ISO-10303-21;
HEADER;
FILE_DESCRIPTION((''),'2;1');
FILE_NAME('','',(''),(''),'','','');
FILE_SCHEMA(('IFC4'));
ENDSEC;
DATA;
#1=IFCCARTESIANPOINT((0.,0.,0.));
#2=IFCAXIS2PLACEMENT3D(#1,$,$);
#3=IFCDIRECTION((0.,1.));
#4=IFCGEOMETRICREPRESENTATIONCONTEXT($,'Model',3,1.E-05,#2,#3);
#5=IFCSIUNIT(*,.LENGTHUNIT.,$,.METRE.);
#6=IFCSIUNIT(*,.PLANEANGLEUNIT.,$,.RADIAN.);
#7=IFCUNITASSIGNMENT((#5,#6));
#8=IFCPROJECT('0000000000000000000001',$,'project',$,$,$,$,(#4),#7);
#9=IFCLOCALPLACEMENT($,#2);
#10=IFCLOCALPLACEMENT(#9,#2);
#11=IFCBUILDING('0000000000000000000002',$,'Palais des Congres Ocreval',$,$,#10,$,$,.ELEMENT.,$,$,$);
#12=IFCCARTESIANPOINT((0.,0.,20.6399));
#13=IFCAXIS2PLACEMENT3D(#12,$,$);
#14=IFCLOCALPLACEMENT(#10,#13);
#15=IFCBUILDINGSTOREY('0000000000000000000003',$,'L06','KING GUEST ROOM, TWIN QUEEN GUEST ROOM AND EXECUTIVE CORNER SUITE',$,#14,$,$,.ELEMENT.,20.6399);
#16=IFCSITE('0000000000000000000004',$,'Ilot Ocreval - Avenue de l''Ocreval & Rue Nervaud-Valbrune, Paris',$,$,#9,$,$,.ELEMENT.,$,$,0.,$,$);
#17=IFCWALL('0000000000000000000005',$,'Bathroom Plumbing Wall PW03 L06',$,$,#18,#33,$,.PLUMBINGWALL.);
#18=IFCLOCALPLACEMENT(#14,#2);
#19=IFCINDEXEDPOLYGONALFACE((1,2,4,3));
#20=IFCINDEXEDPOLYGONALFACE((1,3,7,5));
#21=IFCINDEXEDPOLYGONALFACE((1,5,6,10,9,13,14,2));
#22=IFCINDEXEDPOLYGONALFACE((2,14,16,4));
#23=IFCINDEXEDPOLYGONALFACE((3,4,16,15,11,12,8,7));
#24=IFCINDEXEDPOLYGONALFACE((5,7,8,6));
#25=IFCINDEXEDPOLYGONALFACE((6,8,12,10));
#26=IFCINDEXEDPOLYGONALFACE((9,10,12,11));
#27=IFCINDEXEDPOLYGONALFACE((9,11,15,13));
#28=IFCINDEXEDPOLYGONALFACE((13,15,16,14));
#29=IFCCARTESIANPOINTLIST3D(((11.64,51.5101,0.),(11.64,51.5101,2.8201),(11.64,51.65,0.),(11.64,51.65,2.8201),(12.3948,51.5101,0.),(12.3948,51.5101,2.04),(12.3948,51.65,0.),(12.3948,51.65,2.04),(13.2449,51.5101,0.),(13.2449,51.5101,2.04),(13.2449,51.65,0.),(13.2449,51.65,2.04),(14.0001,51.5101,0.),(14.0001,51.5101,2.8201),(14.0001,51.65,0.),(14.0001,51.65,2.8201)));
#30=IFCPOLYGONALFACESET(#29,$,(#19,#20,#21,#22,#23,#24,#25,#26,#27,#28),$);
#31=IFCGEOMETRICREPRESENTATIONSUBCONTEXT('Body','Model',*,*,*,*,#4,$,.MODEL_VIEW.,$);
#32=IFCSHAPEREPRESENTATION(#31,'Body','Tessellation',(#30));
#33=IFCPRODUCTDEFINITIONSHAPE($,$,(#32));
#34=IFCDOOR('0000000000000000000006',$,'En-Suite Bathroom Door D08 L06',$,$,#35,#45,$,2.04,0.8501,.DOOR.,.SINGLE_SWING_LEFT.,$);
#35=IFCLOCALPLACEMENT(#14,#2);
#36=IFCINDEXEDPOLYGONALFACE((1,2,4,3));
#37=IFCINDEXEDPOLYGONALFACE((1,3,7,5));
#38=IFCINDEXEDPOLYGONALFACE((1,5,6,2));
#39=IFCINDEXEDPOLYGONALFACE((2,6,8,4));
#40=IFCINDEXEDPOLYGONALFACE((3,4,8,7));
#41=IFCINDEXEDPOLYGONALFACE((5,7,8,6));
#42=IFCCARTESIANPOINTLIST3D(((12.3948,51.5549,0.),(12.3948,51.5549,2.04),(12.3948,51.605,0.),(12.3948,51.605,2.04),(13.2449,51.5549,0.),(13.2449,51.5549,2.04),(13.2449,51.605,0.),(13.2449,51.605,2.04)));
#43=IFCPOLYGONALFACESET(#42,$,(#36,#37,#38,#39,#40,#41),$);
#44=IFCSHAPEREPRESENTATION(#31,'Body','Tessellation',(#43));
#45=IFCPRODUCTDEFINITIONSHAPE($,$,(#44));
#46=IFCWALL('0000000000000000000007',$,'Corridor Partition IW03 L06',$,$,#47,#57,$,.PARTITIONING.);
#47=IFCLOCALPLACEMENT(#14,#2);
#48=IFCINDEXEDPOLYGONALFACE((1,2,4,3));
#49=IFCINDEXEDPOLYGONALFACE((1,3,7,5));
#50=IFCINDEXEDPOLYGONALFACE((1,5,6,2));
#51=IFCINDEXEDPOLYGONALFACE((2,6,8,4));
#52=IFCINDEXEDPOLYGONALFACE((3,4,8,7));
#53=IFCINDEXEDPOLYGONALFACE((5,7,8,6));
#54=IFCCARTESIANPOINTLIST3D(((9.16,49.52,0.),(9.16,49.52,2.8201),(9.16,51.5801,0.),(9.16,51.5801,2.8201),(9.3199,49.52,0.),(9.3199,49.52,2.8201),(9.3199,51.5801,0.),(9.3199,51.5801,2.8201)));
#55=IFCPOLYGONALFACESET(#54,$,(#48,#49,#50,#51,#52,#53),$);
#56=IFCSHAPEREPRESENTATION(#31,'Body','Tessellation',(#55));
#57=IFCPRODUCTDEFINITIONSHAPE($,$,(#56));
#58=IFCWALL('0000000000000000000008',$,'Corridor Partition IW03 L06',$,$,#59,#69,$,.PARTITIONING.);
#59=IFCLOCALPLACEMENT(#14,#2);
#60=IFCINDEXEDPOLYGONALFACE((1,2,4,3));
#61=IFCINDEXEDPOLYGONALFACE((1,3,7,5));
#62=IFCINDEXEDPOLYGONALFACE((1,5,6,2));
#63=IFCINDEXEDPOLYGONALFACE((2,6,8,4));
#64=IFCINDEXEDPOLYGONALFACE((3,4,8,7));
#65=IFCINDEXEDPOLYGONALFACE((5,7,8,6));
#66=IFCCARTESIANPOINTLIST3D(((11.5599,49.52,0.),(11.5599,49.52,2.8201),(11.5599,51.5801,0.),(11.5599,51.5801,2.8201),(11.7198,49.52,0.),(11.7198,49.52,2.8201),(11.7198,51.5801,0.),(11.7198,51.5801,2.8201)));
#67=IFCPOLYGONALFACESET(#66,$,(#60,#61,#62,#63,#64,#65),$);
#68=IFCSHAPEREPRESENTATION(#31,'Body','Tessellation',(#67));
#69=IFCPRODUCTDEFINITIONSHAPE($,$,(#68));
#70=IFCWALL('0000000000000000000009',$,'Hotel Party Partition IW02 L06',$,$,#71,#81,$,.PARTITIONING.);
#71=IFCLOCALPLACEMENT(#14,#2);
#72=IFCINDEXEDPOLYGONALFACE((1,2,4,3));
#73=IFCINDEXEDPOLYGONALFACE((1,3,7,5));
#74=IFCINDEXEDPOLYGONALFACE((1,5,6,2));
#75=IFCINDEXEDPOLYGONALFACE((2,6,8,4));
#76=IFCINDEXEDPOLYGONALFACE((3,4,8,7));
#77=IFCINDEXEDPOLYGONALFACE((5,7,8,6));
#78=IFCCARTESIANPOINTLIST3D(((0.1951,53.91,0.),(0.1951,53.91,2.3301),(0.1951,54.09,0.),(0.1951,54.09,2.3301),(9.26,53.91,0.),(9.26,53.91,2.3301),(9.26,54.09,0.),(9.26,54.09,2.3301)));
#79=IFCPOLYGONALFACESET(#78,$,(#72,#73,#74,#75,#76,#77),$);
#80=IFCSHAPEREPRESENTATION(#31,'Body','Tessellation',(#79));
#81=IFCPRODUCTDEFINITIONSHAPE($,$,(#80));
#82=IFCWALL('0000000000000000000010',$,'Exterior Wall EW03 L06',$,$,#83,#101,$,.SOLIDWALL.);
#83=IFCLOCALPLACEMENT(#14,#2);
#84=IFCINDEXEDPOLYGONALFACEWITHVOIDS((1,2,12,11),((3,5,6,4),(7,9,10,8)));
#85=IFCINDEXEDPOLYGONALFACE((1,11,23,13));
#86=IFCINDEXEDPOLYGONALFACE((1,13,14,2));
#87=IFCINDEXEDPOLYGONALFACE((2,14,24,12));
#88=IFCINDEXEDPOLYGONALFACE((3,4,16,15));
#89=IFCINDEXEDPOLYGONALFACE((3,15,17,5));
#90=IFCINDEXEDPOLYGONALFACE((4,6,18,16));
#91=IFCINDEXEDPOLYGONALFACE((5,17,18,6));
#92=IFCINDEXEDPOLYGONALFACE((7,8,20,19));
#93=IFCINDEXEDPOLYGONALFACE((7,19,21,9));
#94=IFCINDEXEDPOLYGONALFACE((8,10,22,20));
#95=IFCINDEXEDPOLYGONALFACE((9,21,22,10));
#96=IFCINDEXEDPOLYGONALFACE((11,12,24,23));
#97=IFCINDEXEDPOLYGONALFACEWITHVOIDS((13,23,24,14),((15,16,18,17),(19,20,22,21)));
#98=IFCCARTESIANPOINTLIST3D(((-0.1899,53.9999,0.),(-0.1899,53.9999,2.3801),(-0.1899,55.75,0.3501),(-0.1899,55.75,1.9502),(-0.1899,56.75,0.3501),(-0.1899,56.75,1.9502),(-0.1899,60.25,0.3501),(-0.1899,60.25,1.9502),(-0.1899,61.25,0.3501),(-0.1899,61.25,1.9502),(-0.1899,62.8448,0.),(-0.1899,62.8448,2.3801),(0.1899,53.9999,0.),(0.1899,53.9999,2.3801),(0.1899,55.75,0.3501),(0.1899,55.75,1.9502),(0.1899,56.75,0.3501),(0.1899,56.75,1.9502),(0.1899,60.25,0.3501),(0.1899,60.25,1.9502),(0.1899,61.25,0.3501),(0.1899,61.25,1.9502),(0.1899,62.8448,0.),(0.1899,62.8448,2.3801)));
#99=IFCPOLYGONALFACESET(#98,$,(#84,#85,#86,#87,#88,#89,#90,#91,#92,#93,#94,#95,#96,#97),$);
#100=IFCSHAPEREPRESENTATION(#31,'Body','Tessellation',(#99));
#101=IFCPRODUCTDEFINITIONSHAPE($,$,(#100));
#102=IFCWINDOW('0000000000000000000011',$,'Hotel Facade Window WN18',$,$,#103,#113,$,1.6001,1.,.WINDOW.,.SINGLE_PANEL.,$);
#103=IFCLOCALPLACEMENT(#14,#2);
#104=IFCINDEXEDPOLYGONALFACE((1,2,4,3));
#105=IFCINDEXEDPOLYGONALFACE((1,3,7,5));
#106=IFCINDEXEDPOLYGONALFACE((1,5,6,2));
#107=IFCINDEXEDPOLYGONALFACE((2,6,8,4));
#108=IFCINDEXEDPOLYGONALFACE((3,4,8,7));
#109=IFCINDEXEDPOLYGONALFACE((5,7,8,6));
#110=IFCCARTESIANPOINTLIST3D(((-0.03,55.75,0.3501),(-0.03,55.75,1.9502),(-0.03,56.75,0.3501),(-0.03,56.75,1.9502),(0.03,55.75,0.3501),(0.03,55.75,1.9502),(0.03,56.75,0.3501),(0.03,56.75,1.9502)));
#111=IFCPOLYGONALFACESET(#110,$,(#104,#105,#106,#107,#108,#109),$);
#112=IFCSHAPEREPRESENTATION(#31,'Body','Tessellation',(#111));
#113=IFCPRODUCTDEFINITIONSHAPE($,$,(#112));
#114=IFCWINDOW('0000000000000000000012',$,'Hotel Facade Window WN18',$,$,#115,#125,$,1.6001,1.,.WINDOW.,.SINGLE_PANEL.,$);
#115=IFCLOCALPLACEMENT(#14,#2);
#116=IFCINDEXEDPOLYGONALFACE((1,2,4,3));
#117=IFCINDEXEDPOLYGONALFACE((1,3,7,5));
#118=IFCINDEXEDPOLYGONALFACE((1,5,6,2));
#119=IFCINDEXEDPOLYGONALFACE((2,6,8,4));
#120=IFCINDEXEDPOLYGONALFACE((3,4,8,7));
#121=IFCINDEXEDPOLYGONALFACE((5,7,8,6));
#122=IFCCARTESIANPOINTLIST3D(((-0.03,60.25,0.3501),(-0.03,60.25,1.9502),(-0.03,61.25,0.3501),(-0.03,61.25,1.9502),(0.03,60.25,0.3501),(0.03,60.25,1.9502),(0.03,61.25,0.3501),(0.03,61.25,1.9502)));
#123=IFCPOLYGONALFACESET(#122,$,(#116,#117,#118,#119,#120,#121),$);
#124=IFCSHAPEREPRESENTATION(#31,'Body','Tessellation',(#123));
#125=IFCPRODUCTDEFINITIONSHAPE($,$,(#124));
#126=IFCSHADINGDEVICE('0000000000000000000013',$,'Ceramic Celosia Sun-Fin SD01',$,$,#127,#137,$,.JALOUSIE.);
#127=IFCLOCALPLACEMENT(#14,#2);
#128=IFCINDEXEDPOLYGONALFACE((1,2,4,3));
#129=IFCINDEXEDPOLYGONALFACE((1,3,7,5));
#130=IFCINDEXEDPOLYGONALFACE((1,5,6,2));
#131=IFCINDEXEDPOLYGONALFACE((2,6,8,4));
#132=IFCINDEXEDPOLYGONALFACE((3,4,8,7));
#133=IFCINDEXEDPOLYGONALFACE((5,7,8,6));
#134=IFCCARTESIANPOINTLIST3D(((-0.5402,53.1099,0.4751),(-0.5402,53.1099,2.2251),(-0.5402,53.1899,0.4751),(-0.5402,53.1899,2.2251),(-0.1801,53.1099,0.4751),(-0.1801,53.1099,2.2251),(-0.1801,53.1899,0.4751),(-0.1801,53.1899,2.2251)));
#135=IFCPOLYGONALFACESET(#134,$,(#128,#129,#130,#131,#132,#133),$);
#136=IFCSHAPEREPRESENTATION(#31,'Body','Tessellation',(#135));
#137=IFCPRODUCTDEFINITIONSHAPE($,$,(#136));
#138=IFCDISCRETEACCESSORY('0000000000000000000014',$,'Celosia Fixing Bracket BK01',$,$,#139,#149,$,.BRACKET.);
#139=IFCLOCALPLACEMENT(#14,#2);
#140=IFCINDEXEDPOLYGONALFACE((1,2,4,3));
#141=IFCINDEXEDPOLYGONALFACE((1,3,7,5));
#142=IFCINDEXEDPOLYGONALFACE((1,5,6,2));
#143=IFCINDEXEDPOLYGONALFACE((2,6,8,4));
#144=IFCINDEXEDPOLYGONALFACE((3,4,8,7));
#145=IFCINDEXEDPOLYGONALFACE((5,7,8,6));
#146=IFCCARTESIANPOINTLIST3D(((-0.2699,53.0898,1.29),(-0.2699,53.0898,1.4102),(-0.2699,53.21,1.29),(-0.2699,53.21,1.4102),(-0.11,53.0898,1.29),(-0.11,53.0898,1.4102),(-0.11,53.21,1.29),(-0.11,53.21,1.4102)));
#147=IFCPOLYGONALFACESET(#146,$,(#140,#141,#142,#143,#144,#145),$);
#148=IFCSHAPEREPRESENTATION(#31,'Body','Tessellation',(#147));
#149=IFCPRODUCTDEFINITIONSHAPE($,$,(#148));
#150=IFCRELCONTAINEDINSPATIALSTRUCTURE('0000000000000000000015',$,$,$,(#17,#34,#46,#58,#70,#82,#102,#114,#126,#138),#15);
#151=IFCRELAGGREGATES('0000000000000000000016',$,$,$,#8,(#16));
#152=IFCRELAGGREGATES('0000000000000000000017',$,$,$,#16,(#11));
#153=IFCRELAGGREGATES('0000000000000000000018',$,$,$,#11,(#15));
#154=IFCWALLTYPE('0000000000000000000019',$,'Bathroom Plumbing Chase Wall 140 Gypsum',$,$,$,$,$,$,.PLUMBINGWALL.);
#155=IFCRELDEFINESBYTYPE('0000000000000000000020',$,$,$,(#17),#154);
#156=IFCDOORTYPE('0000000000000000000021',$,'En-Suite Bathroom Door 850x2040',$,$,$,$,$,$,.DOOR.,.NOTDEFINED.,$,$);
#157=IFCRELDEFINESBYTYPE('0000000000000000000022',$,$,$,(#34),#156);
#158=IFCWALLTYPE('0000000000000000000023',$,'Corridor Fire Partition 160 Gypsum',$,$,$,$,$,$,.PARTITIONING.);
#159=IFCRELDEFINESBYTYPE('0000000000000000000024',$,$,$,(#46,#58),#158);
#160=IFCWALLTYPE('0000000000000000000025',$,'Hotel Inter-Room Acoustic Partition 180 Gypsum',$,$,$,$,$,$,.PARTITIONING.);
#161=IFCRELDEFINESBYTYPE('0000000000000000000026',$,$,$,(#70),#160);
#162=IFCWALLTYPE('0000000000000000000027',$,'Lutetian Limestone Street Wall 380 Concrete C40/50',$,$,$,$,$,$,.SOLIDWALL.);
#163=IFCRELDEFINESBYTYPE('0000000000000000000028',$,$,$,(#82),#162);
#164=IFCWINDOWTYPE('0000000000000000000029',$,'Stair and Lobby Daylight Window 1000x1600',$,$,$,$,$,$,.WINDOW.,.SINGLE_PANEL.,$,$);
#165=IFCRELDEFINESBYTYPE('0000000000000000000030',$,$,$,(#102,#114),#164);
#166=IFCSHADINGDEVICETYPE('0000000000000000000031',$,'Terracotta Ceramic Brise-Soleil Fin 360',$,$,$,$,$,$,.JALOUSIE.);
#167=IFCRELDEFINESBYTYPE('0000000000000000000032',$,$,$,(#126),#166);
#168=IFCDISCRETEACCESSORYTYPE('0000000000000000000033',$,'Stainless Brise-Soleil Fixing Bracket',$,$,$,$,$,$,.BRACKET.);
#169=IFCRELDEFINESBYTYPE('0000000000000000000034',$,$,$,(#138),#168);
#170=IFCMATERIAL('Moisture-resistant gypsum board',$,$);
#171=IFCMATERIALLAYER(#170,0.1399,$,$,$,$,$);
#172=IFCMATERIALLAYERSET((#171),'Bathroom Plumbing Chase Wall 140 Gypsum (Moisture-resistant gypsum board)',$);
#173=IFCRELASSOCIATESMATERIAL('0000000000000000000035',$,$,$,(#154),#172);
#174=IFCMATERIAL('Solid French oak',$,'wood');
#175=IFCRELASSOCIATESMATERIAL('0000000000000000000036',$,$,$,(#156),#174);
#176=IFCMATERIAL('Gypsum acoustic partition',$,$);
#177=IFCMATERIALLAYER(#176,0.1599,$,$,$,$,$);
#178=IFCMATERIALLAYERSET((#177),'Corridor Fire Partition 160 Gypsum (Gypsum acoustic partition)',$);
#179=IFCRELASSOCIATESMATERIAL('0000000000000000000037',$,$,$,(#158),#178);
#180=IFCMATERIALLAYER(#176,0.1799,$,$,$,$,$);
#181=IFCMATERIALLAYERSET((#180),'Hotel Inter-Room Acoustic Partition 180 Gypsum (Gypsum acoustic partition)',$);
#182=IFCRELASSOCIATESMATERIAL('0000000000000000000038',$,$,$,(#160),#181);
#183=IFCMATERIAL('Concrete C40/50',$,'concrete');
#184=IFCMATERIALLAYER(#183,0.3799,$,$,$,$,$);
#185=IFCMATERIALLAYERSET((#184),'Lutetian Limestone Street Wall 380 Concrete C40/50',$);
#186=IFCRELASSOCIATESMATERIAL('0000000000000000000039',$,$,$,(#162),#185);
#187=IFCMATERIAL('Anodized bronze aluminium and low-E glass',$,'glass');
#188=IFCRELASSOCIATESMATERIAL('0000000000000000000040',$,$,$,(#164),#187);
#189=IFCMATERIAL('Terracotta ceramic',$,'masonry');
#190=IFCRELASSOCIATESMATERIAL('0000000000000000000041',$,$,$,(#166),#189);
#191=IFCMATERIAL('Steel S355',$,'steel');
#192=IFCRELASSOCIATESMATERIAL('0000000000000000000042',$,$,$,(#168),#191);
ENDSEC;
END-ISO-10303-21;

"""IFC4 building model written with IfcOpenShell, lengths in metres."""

from ifc_helpers import new_model, si_unit, direction, frame, frame_2d, origin, origin_2d, place, context, subcontext, project, spatial, rectangle, extrude, material, layer, layer_set, type_object, element, fill, save


model = new_model("IFC4")

# Units and contexts
model_context = context("Model", 3, precision=1e-05, world=origin(), true_north=direction((0.0, 1.0)))
body_context = subcontext(model_context, "Body", "Model", "MODEL_VIEW")
ifc_project = project(units=[si_unit("LENGTHUNIT", "METRE"), si_unit("PLANEANGLEUNIT", "RADIAN")], contexts=[model_context])

# Site, building, storey
site_placement = place(None, origin())
site = spatial("IfcSite", under=ifc_project, at=site_placement, Name="Ilot Ocreval - Avenue de l'Ocreval & Rue Nervaud-Valbrune, Paris", CompositionType="ELEMENT", RefElevation=0.0)
building_placement = place(site_placement, origin())
building = spatial("IfcBuilding", under=site, at=building_placement, Name="Palais des Congres Ocreval", CompositionType="ELEMENT")
storey_placement = place(building_placement, frame((0.0, 0.0, 20.6399)))
storey = spatial("IfcBuildingStorey", under=building, at=storey_placement, Name="L06", Description="KING GUEST ROOM, TWIN QUEEN GUEST ROOM AND EXECUTIVE CORNER SUITE", CompositionType="ELEMENT", Elevation=20.6399)

# Shared definitions
ifc_material_1 = material(Name="Steel S355", Category="steel")
ifc_material_2 = material(Name="Concrete C40/50", Category="concrete")

# Shared definitions
ifc_material_3 = material(Name="Moisture-resistant gypsum board")
ifc_layer_1 = layer(ifc_material_3, 0.1399)
ifc_layer_set_1 = layer_set([ifc_layer_1], Name="Bathroom Plumbing Chase Wall 140 Gypsum (Moisture-resistant gypsum board)")
wall_type_1 = type_object("IfcWallType", Name="Bathroom Plumbing Chase Wall 140 Gypsum", PredefinedType="PLUMBINGWALL", material=ifc_layer_set_1)
ifc_material_4 = material(Name="Solid French oak", Category="wood")
door_type_1 = type_object("IfcDoorType", Name="En-Suite Bathroom Door 850x2040", OperationType="NOTDEFINED", PredefinedType="DOOR", material=ifc_material_4)

# Wall, opening, door
wall_1_placement = place(storey_placement, frame((11.6399, 51.5801, 0.0), z_axis=(0.0, 0.0, 1.0), x_axis=(1.0, 0.0, 0.0)))
wall_1 = element("IfcWall", 1, at=wall_1_placement, inside=storey, type_object=wall_type_1, Name="Bathroom Plumbing Wall PW03 L06", PredefinedType="PLUMBINGWALL", context=body_context, shape_type="SweptSolid", body=[
    extrude(rectangle(XDim=2.3601, YDim=0.1399, at=frame_2d((1.1802, 0.0))), origin(), (0.0, 0.0, 1.0), 2.8201),
])
opening_1_placement = place(wall_1_placement, frame((0.7549, 0.0, 0.0)))
opening_1 = element("IfcOpeningElement", 2, at=opening_1_placement, cuts=wall_1, PredefinedType="OPENING", context=body_context, shape_type="SweptSolid", body=[
    extrude(rectangle(XDim=0.8501, YDim=2.04, at=frame_2d((0.425, 1.02))), frame((0.0, 0.0798, 0.0), z_axis=(0.0, -1.0, 0.0), x_axis=(1.0, 0.0, 0.0)), (0.0, 0.0, 1.0), 0.1599),
])
door_1_placement = place(opening_1_placement, origin())
door_1 = element("IfcDoor", 3, at=door_1_placement, inside=storey, type_object=door_type_1, Name="En-Suite Bathroom Door D08 L06", OperationType="SINGLE_SWING_LEFT", OverallHeight=2.04, OverallWidth=0.8501, PredefinedType="DOOR", context=body_context, shape_type="SweptSolid", body=[
    extrude(rectangle(XDim=0.8501, YDim=2.04, at=frame_2d((0.425, 1.02))), frame((0.0, 0.0249, 0.0), z_axis=(0.0, -1.0, 0.0), x_axis=(1.0, 0.0, 0.0)), (0.0, 0.0, 1.0), 0.05),
])
fill(opening_1, door_1)

# Walls
ifc_material_5 = material(Name="Gypsum acoustic partition")
ifc_layer_2 = layer(ifc_material_5, 0.1599)
ifc_layer_set_2 = layer_set([ifc_layer_2], Name="Corridor Fire Partition 160 Gypsum (Gypsum acoustic partition)")
wall_type_2 = type_object("IfcWallType", Name="Corridor Fire Partition 160 Gypsum", PredefinedType="PARTITIONING", material=ifc_layer_set_2)
for number, where, z_axis, x_axis, name in (
    (4, (9.24, 49.52, 0.0), (0.0, 0.0, 1.0), (0.0, 1.0, 0.0), "Corridor Partition IW03 L06"),
    (5, (11.6399, 49.52, 0.0), (0.0, 0.0, 1.0), (0.0, 1.0, 0.0), "Corridor Partition IW03 L06"),
):
    element("IfcWall", number, at=place(storey_placement, frame(where, z_axis=z_axis, x_axis=x_axis)), inside=storey, type_object=wall_type_2, Name=name, PredefinedType="PARTITIONING", context=body_context, shape_type="SweptSolid", body=[
        extrude(rectangle(XDim=2.0601, YDim=0.1599, at=frame_2d((1.03, 0.0))), origin(), (0.0, 0.0, 1.0), 2.8201),
    ])

# Wall
ifc_layer_3 = layer(ifc_material_5, 0.1799)
ifc_layer_set_3 = layer_set([ifc_layer_3], Name="Hotel Inter-Room Acoustic Partition 180 Gypsum (Gypsum acoustic partition)")
wall_type_3 = type_object("IfcWallType", Name="Hotel Inter-Room Acoustic Partition 180 Gypsum", PredefinedType="PARTITIONING", material=ifc_layer_set_3)
wall_2_placement = place(storey_placement, frame((0.1951, 54.0, 0.0), z_axis=(0.0, 0.0, 1.0), x_axis=(1.0, 0.0, 0.0)))
element("IfcWall", 6, at=wall_2_placement, inside=storey, type_object=wall_type_3, Name="Hotel Party Partition IW02 L06", PredefinedType="PARTITIONING", context=body_context, shape_type="SweptSolid", body=[
    extrude(rectangle(XDim=9.0649, YDim=0.1799, at=frame_2d((4.5325, 0.0))), origin(), (0.0, 0.0, 1.0), 2.3301),
])

# Wall, openings, windows
ifc_layer_4 = layer(ifc_material_2, 0.3799)
ifc_layer_set_4 = layer_set([ifc_layer_4], Name="Lutetian Limestone Street Wall 380 Concrete C40/50")
wall_type_4 = type_object("IfcWallType", Name="Lutetian Limestone Street Wall 380 Concrete C40/50", PredefinedType="SOLIDWALL", material=ifc_layer_set_4)
wall_3_placement = place(storey_placement, frame((0.0, 54.0, 0.0), z_axis=(0.0, 0.0, 1.0), x_axis=(0.0, 1.0, 0.0)))
wall_3 = element("IfcWall", 7, at=wall_3_placement, inside=storey, type_object=wall_type_4, Name="Exterior Wall EW03 L06", PredefinedType="SOLIDWALL", context=body_context, shape_type="SweptSolid", body=[
    extrude(rectangle(XDim=8.845, YDim=0.3799, at=frame_2d((4.4224, 0.0))), origin(), (0.0, 0.0, 1.0), 2.3801),
])
opening_2_placement = place(wall_3_placement, frame((1.75, 0.0, 0.3501)))
opening_2 = element("IfcOpeningElement", 8, at=opening_2_placement, cuts=wall_3, PredefinedType="OPENING", context=body_context, shape_type="SweptSolid", body=[
    extrude(rectangle(XDim=1.0, YDim=1.6001, at=frame_2d((0.5, 0.8))), frame((0.0, 0.2, 0.0), z_axis=(0.0, -1.0, 0.0), x_axis=(1.0, 0.0, 0.0)), (0.0, 0.0, 1.0), 0.3999),
])
opening_3_placement = place(wall_3_placement, frame((6.25, 0.0, 0.3501)))
opening_3 = element("IfcOpeningElement", 9, at=opening_3_placement, cuts=wall_3, PredefinedType="OPENING", context=body_context, shape_type="SweptSolid", body=[
    extrude(rectangle(XDim=1.0, YDim=1.6001, at=frame_2d((0.5, 0.8))), frame((0.0, 0.2, 0.0), z_axis=(0.0, -1.0, 0.0), x_axis=(1.0, 0.0, 0.0)), (0.0, 0.0, 1.0), 0.3999),
])
ifc_material_6 = material(Name="Anodized bronze aluminium and low-E glass", Category="glass")
window_type = type_object("IfcWindowType", Name="Stair and Lobby Daylight Window 1000x1600", PartitioningType="SINGLE_PANEL", PredefinedType="WINDOW", material=ifc_material_6)
window_1_placement = place(opening_2_placement, origin())
window_1 = element("IfcWindow", 10, at=window_1_placement, inside=storey, type_object=window_type, Name="Hotel Facade Window WN18", OverallHeight=1.6001, OverallWidth=1.0, PartitioningType="SINGLE_PANEL", PredefinedType="WINDOW", context=body_context, shape_type="SweptSolid", body=[
    extrude(rectangle(XDim=1.0, YDim=1.6001, at=frame_2d((0.5, 0.8))), frame((0.0, 0.03, 0.0), z_axis=(0.0, -1.0, 0.0), x_axis=(1.0, 0.0, 0.0)), (0.0, 0.0, 1.0), 0.0601),
])
fill(opening_2, window_1)
window_2_placement = place(opening_3_placement, origin())
window_2 = element("IfcWindow", 11, at=window_2_placement, inside=storey, type_object=window_type, Name="Hotel Facade Window WN18", OverallHeight=1.6001, OverallWidth=1.0, PartitioningType="SINGLE_PANEL", PredefinedType="WINDOW", context=body_context, shape_type="SweptSolid", body=[
    extrude(rectangle(XDim=1.0, YDim=1.6001, at=frame_2d((0.5, 0.8))), frame((0.0, 0.03, 0.0), z_axis=(0.0, -1.0, 0.0), x_axis=(1.0, 0.0, 0.0)), (0.0, 0.0, 1.0), 0.0601),
])
fill(opening_3, window_2)

# Shading device
ifc_material_7 = material(Name="Terracotta ceramic", Category="masonry")
shading_device_type = type_object("IfcShadingDeviceType", Name="Terracotta Ceramic Brise-Soleil Fin 360", PredefinedType="JALOUSIE", material=ifc_material_7)
shading_device_placement = place(storey_placement, frame((-0.3601, 53.1499, 0.4751), z_axis=(0.0, 0.0, 1.0), x_axis=(-1.0, 0.0, 0.0)))
element("IfcShadingDevice", 12, at=shading_device_placement, inside=storey, type_object=shading_device_type, Name="Ceramic Celosia Sun-Fin SD01", PredefinedType="JALOUSIE", context=body_context, shape_type="SweptSolid", body=[
    extrude(rectangle(XDim=0.3601, YDim=0.0801, at=origin_2d()), origin(), (0.0, 0.0, 1.0), 1.75),
])

# Discrete accessory
discrete_accessory_type = type_object("IfcDiscreteAccessoryType", Name="Stainless Brise-Soleil Fixing Bracket", PredefinedType="BRACKET", material=ifc_material_1)
discrete_accessory_placement = place(storey_placement, frame((-0.1899, 53.1499, 1.29), z_axis=(0.0, 0.0, 1.0), x_axis=(-1.0, 0.0, 0.0)))
element("IfcDiscreteAccessory", 13, at=discrete_accessory_placement, inside=storey, type_object=discrete_accessory_type, Name="Celosia Fixing Bracket BK01", PredefinedType="BRACKET", context=body_context, shape_type="SweptSolid", body=[
    extrude(rectangle(XDim=0.1599, YDim=0.1201, at=origin_2d()), origin(), (0.0, 0.0, 1.0), 0.1201),
])

save(model, "model.ifc")
